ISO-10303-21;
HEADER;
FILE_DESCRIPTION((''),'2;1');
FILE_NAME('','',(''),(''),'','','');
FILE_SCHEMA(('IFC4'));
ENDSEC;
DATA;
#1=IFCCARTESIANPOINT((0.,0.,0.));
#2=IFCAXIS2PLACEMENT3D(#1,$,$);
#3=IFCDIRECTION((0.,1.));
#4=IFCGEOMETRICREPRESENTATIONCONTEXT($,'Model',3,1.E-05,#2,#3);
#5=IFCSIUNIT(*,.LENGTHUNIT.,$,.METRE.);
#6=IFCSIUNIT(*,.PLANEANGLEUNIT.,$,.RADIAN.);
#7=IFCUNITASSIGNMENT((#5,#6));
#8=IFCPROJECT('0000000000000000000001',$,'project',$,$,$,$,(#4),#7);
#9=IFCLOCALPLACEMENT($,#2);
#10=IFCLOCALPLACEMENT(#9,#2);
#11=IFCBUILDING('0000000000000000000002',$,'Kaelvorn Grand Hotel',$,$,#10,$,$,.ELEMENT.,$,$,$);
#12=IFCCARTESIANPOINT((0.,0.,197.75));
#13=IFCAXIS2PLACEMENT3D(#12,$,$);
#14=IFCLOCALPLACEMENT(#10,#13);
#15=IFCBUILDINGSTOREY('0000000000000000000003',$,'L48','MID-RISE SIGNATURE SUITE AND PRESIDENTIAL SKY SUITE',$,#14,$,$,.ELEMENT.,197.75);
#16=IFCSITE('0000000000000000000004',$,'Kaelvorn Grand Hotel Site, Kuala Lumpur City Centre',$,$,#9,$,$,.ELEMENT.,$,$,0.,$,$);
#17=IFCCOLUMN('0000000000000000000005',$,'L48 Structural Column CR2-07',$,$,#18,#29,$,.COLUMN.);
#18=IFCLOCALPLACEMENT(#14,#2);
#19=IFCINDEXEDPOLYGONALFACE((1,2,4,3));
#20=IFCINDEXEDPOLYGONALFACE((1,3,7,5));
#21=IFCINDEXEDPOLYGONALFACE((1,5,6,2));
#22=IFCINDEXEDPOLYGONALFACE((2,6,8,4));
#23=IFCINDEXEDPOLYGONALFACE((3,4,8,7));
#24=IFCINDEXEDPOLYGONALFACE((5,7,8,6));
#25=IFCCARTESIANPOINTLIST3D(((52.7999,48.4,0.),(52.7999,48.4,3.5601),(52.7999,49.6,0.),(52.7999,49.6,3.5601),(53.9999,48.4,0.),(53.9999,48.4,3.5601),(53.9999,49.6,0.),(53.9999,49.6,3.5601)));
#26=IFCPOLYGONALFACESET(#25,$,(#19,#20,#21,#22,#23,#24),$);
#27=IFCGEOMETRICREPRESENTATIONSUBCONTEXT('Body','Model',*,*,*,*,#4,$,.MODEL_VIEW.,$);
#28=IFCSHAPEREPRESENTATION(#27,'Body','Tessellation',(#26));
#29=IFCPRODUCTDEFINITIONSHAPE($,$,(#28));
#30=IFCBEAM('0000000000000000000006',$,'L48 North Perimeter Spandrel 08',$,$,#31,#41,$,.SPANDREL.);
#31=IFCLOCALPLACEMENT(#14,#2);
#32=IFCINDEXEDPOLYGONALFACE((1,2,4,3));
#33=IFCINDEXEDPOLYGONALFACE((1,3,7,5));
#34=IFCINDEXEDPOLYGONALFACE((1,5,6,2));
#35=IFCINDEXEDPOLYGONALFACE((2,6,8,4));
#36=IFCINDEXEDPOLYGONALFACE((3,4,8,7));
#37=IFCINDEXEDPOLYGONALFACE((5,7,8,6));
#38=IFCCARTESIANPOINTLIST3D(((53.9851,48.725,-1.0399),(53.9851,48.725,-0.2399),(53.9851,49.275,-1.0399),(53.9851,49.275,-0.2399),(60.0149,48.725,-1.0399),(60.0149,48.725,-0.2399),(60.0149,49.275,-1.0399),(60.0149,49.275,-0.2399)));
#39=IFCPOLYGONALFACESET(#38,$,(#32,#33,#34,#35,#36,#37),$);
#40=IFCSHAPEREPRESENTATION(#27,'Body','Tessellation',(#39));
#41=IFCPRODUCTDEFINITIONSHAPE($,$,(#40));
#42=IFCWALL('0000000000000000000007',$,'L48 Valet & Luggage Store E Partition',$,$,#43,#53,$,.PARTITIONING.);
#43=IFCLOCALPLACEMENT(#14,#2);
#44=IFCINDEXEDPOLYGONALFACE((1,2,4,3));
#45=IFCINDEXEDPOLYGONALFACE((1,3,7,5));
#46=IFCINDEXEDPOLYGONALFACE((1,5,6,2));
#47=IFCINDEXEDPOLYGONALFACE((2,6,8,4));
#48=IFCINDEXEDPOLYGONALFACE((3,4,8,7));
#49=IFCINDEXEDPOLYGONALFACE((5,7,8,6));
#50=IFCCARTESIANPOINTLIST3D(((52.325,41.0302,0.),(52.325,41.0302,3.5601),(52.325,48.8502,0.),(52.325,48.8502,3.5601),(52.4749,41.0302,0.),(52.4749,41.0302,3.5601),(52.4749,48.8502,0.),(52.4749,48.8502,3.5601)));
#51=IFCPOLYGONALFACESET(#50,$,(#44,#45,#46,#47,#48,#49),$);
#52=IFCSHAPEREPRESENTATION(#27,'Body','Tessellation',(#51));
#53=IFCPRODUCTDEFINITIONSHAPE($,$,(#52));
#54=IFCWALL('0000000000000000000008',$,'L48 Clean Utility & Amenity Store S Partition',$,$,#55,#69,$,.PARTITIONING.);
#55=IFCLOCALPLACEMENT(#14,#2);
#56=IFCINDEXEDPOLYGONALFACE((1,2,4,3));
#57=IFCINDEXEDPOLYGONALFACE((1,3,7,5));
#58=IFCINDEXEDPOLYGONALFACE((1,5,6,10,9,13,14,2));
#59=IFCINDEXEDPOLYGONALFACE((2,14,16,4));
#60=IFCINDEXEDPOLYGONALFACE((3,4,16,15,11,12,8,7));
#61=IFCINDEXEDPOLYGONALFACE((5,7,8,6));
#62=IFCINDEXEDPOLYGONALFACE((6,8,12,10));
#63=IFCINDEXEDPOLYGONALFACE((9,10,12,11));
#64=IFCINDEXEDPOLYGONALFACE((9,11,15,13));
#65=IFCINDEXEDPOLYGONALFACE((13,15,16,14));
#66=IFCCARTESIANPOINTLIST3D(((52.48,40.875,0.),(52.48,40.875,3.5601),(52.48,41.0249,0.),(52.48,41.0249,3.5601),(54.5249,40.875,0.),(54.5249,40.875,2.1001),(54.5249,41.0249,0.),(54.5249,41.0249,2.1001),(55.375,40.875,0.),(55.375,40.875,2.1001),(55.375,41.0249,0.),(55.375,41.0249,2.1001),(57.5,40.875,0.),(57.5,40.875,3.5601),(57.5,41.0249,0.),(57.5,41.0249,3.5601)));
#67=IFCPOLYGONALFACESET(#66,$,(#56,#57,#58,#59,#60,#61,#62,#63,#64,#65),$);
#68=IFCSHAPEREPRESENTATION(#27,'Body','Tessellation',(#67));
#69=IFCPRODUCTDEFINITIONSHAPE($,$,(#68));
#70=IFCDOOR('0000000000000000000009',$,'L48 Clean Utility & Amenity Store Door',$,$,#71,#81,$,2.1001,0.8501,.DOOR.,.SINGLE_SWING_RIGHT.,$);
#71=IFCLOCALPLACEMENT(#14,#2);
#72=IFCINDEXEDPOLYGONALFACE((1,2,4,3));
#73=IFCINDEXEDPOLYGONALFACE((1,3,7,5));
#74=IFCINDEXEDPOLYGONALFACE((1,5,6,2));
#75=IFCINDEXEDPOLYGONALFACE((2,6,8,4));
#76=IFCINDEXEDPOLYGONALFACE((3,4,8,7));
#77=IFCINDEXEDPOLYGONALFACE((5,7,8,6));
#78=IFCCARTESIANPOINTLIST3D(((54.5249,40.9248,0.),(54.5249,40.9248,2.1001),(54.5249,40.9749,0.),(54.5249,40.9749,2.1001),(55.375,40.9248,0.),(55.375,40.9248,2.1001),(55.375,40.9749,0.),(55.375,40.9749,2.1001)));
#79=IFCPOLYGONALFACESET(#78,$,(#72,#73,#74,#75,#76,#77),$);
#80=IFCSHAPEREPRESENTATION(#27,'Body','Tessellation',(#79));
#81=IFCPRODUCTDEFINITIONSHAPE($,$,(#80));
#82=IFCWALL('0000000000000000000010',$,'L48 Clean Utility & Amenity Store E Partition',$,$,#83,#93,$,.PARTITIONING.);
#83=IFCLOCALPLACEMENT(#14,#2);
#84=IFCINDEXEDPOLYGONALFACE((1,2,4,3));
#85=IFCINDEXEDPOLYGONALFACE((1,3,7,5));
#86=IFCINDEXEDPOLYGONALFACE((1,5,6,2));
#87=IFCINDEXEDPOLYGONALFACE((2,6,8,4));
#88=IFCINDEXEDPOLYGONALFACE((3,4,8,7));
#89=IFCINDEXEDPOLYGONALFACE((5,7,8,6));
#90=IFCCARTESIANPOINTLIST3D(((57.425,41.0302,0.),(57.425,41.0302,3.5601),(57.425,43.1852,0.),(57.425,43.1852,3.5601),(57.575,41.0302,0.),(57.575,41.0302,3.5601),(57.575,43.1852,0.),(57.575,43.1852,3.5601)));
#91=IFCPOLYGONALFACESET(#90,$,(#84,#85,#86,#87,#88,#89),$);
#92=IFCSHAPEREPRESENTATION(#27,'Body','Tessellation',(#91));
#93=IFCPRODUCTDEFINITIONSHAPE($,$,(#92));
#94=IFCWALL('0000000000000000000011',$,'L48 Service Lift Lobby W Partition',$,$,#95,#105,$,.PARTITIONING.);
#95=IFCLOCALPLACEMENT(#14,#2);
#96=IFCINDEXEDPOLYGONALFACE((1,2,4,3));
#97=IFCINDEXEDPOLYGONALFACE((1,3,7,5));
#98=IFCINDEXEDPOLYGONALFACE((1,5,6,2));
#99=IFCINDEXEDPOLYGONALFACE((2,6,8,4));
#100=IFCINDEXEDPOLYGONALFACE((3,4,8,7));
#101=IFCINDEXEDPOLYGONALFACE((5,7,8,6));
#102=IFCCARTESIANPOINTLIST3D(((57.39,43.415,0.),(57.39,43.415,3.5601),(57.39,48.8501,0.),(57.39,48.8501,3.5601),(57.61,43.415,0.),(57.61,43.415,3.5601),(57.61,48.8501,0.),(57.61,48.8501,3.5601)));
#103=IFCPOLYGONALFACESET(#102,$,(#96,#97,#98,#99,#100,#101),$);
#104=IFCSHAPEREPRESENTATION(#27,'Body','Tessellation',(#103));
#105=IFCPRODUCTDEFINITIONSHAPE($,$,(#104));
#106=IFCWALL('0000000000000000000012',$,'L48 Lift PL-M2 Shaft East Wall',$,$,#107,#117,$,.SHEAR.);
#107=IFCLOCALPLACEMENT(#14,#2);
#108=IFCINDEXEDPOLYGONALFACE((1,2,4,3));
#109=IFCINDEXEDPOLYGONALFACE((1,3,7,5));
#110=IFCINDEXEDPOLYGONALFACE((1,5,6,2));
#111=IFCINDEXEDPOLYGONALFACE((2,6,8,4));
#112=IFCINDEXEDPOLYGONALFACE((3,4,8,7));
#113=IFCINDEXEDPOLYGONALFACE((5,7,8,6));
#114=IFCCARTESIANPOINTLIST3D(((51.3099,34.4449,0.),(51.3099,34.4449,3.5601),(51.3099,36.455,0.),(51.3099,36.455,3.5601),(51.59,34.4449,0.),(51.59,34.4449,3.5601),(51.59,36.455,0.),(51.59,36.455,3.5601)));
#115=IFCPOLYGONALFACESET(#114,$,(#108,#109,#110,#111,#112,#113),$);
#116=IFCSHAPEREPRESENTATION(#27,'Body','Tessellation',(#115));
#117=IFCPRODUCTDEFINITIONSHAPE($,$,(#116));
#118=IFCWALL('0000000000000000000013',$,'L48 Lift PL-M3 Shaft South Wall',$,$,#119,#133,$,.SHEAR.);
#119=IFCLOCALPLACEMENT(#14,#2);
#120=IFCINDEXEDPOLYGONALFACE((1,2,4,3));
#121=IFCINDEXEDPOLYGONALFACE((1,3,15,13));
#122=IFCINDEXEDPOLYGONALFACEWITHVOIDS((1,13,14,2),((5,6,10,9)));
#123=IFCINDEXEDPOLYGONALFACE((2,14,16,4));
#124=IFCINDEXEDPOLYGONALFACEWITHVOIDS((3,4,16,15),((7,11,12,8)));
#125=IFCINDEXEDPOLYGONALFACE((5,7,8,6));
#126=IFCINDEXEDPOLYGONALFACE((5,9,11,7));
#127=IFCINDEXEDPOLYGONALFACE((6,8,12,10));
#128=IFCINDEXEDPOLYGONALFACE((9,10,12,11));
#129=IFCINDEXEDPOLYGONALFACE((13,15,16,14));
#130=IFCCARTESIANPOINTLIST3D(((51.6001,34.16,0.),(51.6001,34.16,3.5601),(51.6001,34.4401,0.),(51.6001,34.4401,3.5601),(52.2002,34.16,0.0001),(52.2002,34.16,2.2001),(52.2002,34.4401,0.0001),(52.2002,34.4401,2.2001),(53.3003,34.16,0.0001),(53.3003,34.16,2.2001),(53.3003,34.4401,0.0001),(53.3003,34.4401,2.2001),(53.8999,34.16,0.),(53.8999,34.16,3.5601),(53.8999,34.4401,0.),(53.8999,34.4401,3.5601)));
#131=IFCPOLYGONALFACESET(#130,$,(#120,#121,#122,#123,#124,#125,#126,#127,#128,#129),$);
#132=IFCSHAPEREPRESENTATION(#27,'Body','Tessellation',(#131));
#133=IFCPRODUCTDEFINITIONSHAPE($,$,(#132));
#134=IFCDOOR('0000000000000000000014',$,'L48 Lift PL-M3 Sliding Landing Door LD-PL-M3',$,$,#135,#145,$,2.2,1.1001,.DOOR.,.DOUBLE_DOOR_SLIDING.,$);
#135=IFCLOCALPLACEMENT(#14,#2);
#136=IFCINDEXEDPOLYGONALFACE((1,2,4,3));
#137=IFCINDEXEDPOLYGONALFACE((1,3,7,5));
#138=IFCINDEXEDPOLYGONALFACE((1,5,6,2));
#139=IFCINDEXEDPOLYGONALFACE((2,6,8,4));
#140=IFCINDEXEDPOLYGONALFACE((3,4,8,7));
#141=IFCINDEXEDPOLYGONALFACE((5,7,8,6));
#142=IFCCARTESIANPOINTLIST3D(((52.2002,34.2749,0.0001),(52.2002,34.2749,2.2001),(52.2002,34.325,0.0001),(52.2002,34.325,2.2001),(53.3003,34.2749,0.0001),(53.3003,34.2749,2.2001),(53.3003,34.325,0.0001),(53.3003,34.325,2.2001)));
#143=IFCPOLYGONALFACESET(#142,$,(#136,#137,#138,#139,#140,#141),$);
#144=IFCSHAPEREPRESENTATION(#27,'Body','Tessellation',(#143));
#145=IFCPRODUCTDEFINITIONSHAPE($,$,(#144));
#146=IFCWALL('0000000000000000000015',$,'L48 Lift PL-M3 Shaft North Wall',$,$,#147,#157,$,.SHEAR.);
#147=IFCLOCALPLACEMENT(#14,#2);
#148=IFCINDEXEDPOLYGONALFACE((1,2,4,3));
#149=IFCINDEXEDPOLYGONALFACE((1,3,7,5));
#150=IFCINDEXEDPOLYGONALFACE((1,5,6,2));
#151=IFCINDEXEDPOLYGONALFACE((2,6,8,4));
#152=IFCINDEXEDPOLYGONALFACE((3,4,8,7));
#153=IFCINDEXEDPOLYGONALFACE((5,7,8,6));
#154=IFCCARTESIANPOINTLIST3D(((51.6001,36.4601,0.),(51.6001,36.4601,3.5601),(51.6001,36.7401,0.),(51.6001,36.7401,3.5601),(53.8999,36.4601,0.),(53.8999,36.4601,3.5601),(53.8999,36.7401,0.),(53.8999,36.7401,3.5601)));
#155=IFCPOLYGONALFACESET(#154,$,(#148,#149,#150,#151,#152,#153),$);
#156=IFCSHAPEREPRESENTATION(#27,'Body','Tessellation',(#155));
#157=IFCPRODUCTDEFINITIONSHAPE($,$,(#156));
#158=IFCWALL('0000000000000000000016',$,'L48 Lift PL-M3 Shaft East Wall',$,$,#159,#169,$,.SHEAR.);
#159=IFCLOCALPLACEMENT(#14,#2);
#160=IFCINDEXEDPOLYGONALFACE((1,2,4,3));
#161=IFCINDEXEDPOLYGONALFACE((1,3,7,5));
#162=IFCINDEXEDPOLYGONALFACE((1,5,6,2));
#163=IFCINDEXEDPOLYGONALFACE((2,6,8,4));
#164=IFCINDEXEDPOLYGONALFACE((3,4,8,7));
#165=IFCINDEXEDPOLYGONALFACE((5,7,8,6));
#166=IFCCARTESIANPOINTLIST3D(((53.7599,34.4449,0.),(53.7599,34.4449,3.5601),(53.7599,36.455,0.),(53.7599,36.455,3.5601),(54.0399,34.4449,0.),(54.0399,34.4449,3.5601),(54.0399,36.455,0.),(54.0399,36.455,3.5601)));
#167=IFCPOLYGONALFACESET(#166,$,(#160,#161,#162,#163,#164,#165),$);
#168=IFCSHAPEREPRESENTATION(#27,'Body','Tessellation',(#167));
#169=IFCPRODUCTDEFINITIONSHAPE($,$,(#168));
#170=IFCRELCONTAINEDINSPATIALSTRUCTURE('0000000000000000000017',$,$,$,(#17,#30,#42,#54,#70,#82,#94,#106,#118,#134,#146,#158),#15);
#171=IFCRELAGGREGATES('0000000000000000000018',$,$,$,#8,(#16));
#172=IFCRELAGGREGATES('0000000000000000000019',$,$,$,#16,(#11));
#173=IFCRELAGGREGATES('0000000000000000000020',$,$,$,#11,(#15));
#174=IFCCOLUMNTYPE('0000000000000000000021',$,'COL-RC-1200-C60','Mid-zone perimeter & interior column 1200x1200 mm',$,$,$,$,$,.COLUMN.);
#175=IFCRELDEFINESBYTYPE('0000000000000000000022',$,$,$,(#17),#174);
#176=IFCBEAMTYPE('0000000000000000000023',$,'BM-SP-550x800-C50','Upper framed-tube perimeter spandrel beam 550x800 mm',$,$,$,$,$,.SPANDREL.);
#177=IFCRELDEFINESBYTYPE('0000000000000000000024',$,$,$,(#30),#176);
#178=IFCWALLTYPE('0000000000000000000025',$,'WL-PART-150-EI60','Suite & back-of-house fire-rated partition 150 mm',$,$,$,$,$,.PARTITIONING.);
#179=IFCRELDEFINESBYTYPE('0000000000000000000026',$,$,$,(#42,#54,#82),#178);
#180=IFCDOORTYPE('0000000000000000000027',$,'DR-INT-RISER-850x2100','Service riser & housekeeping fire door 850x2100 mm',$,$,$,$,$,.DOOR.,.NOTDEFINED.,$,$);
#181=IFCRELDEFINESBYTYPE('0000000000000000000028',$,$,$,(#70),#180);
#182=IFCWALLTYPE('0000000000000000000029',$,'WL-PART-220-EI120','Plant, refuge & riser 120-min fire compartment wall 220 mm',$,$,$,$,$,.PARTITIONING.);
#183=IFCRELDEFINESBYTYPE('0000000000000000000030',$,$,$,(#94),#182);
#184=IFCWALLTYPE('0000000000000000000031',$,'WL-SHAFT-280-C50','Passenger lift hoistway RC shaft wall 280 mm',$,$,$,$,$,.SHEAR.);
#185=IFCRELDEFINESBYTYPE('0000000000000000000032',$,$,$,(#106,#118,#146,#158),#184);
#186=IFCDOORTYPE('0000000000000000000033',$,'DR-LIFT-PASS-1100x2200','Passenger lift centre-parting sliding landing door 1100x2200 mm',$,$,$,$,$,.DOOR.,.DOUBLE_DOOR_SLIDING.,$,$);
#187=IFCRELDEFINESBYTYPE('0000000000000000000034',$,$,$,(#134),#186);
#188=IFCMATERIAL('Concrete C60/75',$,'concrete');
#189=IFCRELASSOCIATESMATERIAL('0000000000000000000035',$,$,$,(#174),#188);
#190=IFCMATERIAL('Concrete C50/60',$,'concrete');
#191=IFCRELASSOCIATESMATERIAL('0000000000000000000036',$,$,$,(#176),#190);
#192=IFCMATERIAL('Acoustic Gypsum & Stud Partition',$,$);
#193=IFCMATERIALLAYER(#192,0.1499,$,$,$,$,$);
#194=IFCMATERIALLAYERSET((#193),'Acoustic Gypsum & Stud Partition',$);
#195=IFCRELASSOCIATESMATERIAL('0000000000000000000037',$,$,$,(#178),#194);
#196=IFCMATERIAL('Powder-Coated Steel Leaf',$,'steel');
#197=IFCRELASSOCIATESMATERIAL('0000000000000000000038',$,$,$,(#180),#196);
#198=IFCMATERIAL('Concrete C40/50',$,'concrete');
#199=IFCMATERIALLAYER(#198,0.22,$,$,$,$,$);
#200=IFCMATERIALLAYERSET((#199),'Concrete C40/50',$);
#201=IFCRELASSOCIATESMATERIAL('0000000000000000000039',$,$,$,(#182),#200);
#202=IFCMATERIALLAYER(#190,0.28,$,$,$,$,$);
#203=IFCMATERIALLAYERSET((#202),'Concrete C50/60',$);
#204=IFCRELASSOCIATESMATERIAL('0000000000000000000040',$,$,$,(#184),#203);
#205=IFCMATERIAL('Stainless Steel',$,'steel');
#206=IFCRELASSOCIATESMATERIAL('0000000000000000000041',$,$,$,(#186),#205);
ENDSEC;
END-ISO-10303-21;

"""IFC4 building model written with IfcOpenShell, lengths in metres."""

from ifc_helpers import new_model, si_unit, direction, frame, frame_2d, origin, origin_2d, place, context, subcontext, project, spatial, rectangle, extrude, material, layer, layer_set, material_profile, profile_set, type_object, element, fill, save


model = new_model("IFC4")

# Units and contexts
model_context = context("Model", 3, precision=1e-05, world=origin(), true_north=direction((0.0, 1.0)))
body_context = subcontext(model_context, "Body", "Model", "MODEL_VIEW")
ifc_project = project(units=[si_unit("LENGTHUNIT", "METRE"), si_unit("PLANEANGLEUNIT", "RADIAN")], contexts=[model_context])

# Site, building, storey
site_placement = place(None, origin())
site = spatial("IfcSite", under=ifc_project, at=site_placement, Name="Kaelvorn Grand Hotel Site, Kuala Lumpur City Centre", CompositionType="ELEMENT", RefElevation=0.0)
building_placement = place(site_placement, origin())
building = spatial("IfcBuilding", under=site, at=building_placement, Name="Kaelvorn Grand Hotel", CompositionType="ELEMENT")
storey_placement = place(building_placement, frame((0.0, 0.0, 197.75)))
storey = spatial("IfcBuildingStorey", under=building, at=storey_placement, Name="L48", Description="MID-RISE SIGNATURE SUITE AND PRESIDENTIAL SKY SUITE", CompositionType="ELEMENT", Elevation=197.75)

# Column
ifc_material_1 = material(Name="Concrete C60/75", Category="concrete")
ifc_material_profile_1 = material_profile(ifc_material_1, rectangle(XDim=1.2, YDim=1.2, at=origin_2d()), Name="RC COL 1200x1200")
ifc_profile_set_1 = profile_set([ifc_material_profile_1], Name="Concrete C60/75")
column_type = type_object("IfcColumnType", Name="COL-RC-1200-C60", Description="Mid-zone perimeter & interior column 1200x1200 mm", PredefinedType="COLUMN", material=ifc_profile_set_1)
column_placement = place(storey_placement, frame((53.3999, 49.0, 0.0), z_axis=(0.0, 0.0, 1.0), x_axis=(1.0, 0.0, 0.0)))
element("IfcColumn", 1, at=column_placement, inside=storey, type_object=column_type, Name="L48 Structural Column CR2-07", PredefinedType="COLUMN", context=body_context, shape_type="SweptSolid", body=[
    extrude(rectangle(XDim=1.2, YDim=1.2, at=origin_2d()), origin(), (0.0, 0.0, 1.0), 3.5601),
])

# Beam
ifc_material_2 = material(Name="Concrete C50/60", Category="concrete")
ifc_material_profile_2 = material_profile(ifc_material_2, rectangle(XDim=0.55, YDim=0.8, at=origin_2d()), Name="RC SPANDREL 550x800")
ifc_profile_set_2 = profile_set([ifc_material_profile_2], Name="Concrete C50/60")
beam_type = type_object("IfcBeamType", Name="BM-SP-550x800-C50", Description="Upper framed-tube perimeter spandrel beam 550x800 mm", PredefinedType="SPANDREL", material=ifc_profile_set_2)
beam_placement = place(storey_placement, frame((53.9851, 49.0, -0.6399), z_axis=(1.0, 0.0, 0.0), x_axis=(0.0, 1.0, 0.0)))
element("IfcBeam", 2, at=beam_placement, inside=storey, type_object=beam_type, Name="L48 North Perimeter Spandrel 08", PredefinedType="SPANDREL", context=body_context, shape_type="SweptSolid", body=[
    extrude(rectangle(XDim=0.55, YDim=0.8, at=origin_2d()), origin(), (0.0, 0.0, 1.0), 6.0298),
])

# Wall
ifc_material_3 = material(Name="Acoustic Gypsum & Stud Partition")
ifc_layer_1 = layer(ifc_material_3, 0.1499)
ifc_layer_set_1 = layer_set([ifc_layer_1], Name="Acoustic Gypsum & Stud Partition")
wall_type_1 = type_object("IfcWallType", Name="WL-PART-150-EI60", Description="Suite & back-of-house fire-rated partition 150 mm", PredefinedType="PARTITIONING", material=ifc_layer_set_1)
wall_1_placement = place(storey_placement, frame((52.3999, 41.03, 0.0), z_axis=(0.0, 0.0, 1.0), x_axis=(0.0, 1.0, 0.0)))
element("IfcWall", 3, at=wall_1_placement, inside=storey, type_object=wall_type_1, Name="L48 Valet & Luggage Store E Partition", PredefinedType="PARTITIONING", context=body_context, shape_type="SweptSolid", body=[
    extrude(rectangle(XDim=7.8201, YDim=0.1499, at=frame_2d((3.9102, 0.0))), origin(), (0.0, 0.0, 1.0), 3.5601),
])

# Wall, opening, door
wall_2_placement = place(storey_placement, frame((52.48, 40.95, 0.0), z_axis=(0.0, 0.0, 1.0), x_axis=(1.0, 0.0, 0.0)))
wall_2 = element("IfcWall", 4, at=wall_2_placement, inside=storey, type_object=wall_type_1, Name="L48 Clean Utility & Amenity Store S Partition", PredefinedType="PARTITIONING", context=body_context, shape_type="SweptSolid", body=[
    extrude(rectangle(XDim=5.02, YDim=0.1499, at=frame_2d((2.51, 0.0))), origin(), (0.0, 0.0, 1.0), 3.5601),
])
opening_1_placement = place(wall_2_placement, frame((2.0449, 0.0, 0.0)))
opening_1 = element("IfcOpeningElement", 5, at=opening_1_placement, cuts=wall_2, PredefinedType="OPENING", context=body_context, shape_type="SweptSolid", body=[
    extrude(rectangle(XDim=0.8501, YDim=2.1001, at=frame_2d((0.425, 1.05))), frame((0.0, 0.085, 0.0), z_axis=(0.0, -1.0, 0.0), x_axis=(1.0, 0.0, 0.0)), (0.0, 0.0, 1.0), 0.1699),
])
ifc_material_4 = material(Name="Powder-Coated Steel Leaf", Category="steel")
door_type_1 = type_object("IfcDoorType", Name="DR-INT-RISER-850x2100", Description="Service riser & housekeeping fire door 850x2100 mm", OperationType="NOTDEFINED", PredefinedType="DOOR", material=ifc_material_4)
door_1_placement = place(opening_1_placement, origin())
door_1 = element("IfcDoor", 6, at=door_1_placement, inside=storey, type_object=door_type_1, Name="L48 Clean Utility & Amenity Store Door", OperationType="SINGLE_SWING_RIGHT", OverallHeight=2.1001, OverallWidth=0.8501, PredefinedType="DOOR", context=body_context, shape_type="SweptSolid", body=[
    extrude(rectangle(XDim=0.8501, YDim=2.1001, at=frame_2d((0.425, 1.05))), frame((0.0, 0.0249, 0.0), z_axis=(0.0, -1.0, 0.0), x_axis=(1.0, 0.0, 0.0)), (0.0, 0.0, 1.0), 0.05),
])
fill(opening_1, door_1)

# Wall
wall_3_placement = place(storey_placement, frame((57.5, 41.03, 0.0), z_axis=(0.0, 0.0, 1.0), x_axis=(0.0, 1.0, 0.0)))
element("IfcWall", 7, at=wall_3_placement, inside=storey, type_object=wall_type_1, Name="L48 Clean Utility & Amenity Store E Partition", PredefinedType="PARTITIONING", context=body_context, shape_type="SweptSolid", body=[
    extrude(rectangle(XDim=2.155, YDim=0.1499, at=frame_2d((1.0776, 0.0))), origin(), (0.0, 0.0, 1.0), 3.5601),
])

# Shared definitions
ifc_material_5 = material(Name="Concrete C40/50", Category="concrete")
ifc_layer_2 = layer(ifc_material_5, 0.22)
ifc_layer_set_2 = layer_set([ifc_layer_2], Name="Concrete C40/50")
wall_type_2 = type_object("IfcWallType", Name="WL-PART-220-EI120", Description="Plant, refuge & riser 120-min fire compartment wall 220 mm", PredefinedType="PARTITIONING", material=ifc_layer_set_2)

# Walls
wall_4_placement = place(storey_placement, frame((57.5, 43.415, 0.0), z_axis=(0.0, 0.0, 1.0), x_axis=(0.0, 1.0, 0.0)))
element("IfcWall", 8, at=wall_4_placement, inside=storey, type_object=wall_type_2, Name="L48 Service Lift Lobby W Partition", PredefinedType="PARTITIONING", context=body_context, shape_type="SweptSolid", body=[
    extrude(rectangle(XDim=5.4351, YDim=0.22, at=frame_2d((2.7175, 0.0))), origin(), (0.0, 0.0, 1.0), 3.5601),
])
ifc_layer_3 = layer(ifc_material_2, 0.28)
ifc_layer_set_3 = layer_set([ifc_layer_3], Name="Concrete C50/60")
wall_type_3 = type_object("IfcWallType", Name="WL-SHAFT-280-C50", Description="Passenger lift hoistway RC shaft wall 280 mm", PredefinedType="SHEAR", material=ifc_layer_set_3)
wall_5_placement = place(storey_placement, frame((51.45, 34.4451, 0.0), z_axis=(0.0, 0.0, 1.0), x_axis=(0.0, 1.0, 0.0)))
element("IfcWall", 9, at=wall_5_placement, inside=storey, type_object=wall_type_3, Name="L48 Lift PL-M2 Shaft East Wall", PredefinedType="SHEAR", context=body_context, shape_type="SweptSolid", body=[
    extrude(rectangle(XDim=2.01, YDim=0.28, at=frame_2d((1.0049, 0.0))), origin(), (0.0, 0.0, 1.0), 3.5601),
])

# Wall, opening, door
wall_6_placement = place(storey_placement, frame((51.6001, 34.3, 0.0), z_axis=(0.0, 0.0, 1.0), x_axis=(1.0, 0.0, 0.0)))
wall_6 = element("IfcWall", 10, at=wall_6_placement, inside=storey, type_object=wall_type_3, Name="L48 Lift PL-M3 Shaft South Wall", PredefinedType="SHEAR", context=body_context, shape_type="SweptSolid", body=[
    extrude(rectangle(XDim=2.2998, YDim=0.28, at=frame_2d((1.1499, 0.0))), origin(), (0.0, 0.0, 1.0), 3.5601),
])
opening_2_placement = place(wall_6_placement, frame((0.6001, 0.0, 0.0)))
opening_2 = element("IfcOpeningElement", 11, at=opening_2_placement, cuts=wall_6, PredefinedType="OPENING", context=body_context, shape_type="SweptSolid", body=[
    extrude(rectangle(XDim=1.1001, YDim=2.2, at=frame_2d((0.55, 1.1001))), frame((0.0, 0.1499, 0.0), z_axis=(0.0, -1.0, 0.0), x_axis=(1.0, 0.0, 0.0)), (0.0, 0.0, 1.0), 0.3),
])
ifc_material_6 = material(Name="Stainless Steel", Category="steel")
door_type_2 = type_object("IfcDoorType", Name="DR-LIFT-PASS-1100x2200", Description="Passenger lift centre-parting sliding landing door 1100x2200 mm", OperationType="DOUBLE_DOOR_SLIDING", PredefinedType="DOOR", material=ifc_material_6)
door_2_placement = place(opening_2_placement, origin())
door_2 = element("IfcDoor", 12, at=door_2_placement, inside=storey, type_object=door_type_2, Name="L48 Lift PL-M3 Sliding Landing Door LD-PL-M3", OperationType="DOUBLE_DOOR_SLIDING", OverallHeight=2.2, OverallWidth=1.1001, PredefinedType="DOOR", context=body_context, shape_type="SweptSolid", body=[
    extrude(rectangle(XDim=1.1001, YDim=2.2, at=frame_2d((0.55, 1.1001))), frame((0.0, 0.0249, 0.0), z_axis=(0.0, -1.0, 0.0), x_axis=(1.0, 0.0, 0.0)), (0.0, 0.0, 1.0), 0.05),
])
fill(opening_2, door_2)

# Walls
wall_7_placement = place(storey_placement, frame((51.6001, 36.6001, 0.0), z_axis=(0.0, 0.0, 1.0), x_axis=(1.0, 0.0, 0.0)))
element("IfcWall", 13, at=wall_7_placement, inside=storey, type_object=wall_type_3, Name="L48 Lift PL-M3 Shaft North Wall", PredefinedType="SHEAR", context=body_context, shape_type="SweptSolid", body=[
    extrude(rectangle(XDim=2.2998, YDim=0.28, at=frame_2d((1.1499, 0.0))), origin(), (0.0, 0.0, 1.0), 3.5601),
])
wall_8_placement = place(storey_placement, frame((53.8999, 34.4451, 0.0), z_axis=(0.0, 0.0, 1.0), x_axis=(0.0, 1.0, 0.0)))
element("IfcWall", 14, at=wall_8_placement, inside=storey, type_object=wall_type_3, Name="L48 Lift PL-M3 Shaft East Wall", PredefinedType="SHEAR", context=body_context, shape_type="SweptSolid", body=[
    extrude(rectangle(XDim=2.01, YDim=0.28, at=frame_2d((1.0049, 0.0))), origin(), (0.0, 0.0, 1.0), 3.5601),
])

save(model, "model.ifc")
